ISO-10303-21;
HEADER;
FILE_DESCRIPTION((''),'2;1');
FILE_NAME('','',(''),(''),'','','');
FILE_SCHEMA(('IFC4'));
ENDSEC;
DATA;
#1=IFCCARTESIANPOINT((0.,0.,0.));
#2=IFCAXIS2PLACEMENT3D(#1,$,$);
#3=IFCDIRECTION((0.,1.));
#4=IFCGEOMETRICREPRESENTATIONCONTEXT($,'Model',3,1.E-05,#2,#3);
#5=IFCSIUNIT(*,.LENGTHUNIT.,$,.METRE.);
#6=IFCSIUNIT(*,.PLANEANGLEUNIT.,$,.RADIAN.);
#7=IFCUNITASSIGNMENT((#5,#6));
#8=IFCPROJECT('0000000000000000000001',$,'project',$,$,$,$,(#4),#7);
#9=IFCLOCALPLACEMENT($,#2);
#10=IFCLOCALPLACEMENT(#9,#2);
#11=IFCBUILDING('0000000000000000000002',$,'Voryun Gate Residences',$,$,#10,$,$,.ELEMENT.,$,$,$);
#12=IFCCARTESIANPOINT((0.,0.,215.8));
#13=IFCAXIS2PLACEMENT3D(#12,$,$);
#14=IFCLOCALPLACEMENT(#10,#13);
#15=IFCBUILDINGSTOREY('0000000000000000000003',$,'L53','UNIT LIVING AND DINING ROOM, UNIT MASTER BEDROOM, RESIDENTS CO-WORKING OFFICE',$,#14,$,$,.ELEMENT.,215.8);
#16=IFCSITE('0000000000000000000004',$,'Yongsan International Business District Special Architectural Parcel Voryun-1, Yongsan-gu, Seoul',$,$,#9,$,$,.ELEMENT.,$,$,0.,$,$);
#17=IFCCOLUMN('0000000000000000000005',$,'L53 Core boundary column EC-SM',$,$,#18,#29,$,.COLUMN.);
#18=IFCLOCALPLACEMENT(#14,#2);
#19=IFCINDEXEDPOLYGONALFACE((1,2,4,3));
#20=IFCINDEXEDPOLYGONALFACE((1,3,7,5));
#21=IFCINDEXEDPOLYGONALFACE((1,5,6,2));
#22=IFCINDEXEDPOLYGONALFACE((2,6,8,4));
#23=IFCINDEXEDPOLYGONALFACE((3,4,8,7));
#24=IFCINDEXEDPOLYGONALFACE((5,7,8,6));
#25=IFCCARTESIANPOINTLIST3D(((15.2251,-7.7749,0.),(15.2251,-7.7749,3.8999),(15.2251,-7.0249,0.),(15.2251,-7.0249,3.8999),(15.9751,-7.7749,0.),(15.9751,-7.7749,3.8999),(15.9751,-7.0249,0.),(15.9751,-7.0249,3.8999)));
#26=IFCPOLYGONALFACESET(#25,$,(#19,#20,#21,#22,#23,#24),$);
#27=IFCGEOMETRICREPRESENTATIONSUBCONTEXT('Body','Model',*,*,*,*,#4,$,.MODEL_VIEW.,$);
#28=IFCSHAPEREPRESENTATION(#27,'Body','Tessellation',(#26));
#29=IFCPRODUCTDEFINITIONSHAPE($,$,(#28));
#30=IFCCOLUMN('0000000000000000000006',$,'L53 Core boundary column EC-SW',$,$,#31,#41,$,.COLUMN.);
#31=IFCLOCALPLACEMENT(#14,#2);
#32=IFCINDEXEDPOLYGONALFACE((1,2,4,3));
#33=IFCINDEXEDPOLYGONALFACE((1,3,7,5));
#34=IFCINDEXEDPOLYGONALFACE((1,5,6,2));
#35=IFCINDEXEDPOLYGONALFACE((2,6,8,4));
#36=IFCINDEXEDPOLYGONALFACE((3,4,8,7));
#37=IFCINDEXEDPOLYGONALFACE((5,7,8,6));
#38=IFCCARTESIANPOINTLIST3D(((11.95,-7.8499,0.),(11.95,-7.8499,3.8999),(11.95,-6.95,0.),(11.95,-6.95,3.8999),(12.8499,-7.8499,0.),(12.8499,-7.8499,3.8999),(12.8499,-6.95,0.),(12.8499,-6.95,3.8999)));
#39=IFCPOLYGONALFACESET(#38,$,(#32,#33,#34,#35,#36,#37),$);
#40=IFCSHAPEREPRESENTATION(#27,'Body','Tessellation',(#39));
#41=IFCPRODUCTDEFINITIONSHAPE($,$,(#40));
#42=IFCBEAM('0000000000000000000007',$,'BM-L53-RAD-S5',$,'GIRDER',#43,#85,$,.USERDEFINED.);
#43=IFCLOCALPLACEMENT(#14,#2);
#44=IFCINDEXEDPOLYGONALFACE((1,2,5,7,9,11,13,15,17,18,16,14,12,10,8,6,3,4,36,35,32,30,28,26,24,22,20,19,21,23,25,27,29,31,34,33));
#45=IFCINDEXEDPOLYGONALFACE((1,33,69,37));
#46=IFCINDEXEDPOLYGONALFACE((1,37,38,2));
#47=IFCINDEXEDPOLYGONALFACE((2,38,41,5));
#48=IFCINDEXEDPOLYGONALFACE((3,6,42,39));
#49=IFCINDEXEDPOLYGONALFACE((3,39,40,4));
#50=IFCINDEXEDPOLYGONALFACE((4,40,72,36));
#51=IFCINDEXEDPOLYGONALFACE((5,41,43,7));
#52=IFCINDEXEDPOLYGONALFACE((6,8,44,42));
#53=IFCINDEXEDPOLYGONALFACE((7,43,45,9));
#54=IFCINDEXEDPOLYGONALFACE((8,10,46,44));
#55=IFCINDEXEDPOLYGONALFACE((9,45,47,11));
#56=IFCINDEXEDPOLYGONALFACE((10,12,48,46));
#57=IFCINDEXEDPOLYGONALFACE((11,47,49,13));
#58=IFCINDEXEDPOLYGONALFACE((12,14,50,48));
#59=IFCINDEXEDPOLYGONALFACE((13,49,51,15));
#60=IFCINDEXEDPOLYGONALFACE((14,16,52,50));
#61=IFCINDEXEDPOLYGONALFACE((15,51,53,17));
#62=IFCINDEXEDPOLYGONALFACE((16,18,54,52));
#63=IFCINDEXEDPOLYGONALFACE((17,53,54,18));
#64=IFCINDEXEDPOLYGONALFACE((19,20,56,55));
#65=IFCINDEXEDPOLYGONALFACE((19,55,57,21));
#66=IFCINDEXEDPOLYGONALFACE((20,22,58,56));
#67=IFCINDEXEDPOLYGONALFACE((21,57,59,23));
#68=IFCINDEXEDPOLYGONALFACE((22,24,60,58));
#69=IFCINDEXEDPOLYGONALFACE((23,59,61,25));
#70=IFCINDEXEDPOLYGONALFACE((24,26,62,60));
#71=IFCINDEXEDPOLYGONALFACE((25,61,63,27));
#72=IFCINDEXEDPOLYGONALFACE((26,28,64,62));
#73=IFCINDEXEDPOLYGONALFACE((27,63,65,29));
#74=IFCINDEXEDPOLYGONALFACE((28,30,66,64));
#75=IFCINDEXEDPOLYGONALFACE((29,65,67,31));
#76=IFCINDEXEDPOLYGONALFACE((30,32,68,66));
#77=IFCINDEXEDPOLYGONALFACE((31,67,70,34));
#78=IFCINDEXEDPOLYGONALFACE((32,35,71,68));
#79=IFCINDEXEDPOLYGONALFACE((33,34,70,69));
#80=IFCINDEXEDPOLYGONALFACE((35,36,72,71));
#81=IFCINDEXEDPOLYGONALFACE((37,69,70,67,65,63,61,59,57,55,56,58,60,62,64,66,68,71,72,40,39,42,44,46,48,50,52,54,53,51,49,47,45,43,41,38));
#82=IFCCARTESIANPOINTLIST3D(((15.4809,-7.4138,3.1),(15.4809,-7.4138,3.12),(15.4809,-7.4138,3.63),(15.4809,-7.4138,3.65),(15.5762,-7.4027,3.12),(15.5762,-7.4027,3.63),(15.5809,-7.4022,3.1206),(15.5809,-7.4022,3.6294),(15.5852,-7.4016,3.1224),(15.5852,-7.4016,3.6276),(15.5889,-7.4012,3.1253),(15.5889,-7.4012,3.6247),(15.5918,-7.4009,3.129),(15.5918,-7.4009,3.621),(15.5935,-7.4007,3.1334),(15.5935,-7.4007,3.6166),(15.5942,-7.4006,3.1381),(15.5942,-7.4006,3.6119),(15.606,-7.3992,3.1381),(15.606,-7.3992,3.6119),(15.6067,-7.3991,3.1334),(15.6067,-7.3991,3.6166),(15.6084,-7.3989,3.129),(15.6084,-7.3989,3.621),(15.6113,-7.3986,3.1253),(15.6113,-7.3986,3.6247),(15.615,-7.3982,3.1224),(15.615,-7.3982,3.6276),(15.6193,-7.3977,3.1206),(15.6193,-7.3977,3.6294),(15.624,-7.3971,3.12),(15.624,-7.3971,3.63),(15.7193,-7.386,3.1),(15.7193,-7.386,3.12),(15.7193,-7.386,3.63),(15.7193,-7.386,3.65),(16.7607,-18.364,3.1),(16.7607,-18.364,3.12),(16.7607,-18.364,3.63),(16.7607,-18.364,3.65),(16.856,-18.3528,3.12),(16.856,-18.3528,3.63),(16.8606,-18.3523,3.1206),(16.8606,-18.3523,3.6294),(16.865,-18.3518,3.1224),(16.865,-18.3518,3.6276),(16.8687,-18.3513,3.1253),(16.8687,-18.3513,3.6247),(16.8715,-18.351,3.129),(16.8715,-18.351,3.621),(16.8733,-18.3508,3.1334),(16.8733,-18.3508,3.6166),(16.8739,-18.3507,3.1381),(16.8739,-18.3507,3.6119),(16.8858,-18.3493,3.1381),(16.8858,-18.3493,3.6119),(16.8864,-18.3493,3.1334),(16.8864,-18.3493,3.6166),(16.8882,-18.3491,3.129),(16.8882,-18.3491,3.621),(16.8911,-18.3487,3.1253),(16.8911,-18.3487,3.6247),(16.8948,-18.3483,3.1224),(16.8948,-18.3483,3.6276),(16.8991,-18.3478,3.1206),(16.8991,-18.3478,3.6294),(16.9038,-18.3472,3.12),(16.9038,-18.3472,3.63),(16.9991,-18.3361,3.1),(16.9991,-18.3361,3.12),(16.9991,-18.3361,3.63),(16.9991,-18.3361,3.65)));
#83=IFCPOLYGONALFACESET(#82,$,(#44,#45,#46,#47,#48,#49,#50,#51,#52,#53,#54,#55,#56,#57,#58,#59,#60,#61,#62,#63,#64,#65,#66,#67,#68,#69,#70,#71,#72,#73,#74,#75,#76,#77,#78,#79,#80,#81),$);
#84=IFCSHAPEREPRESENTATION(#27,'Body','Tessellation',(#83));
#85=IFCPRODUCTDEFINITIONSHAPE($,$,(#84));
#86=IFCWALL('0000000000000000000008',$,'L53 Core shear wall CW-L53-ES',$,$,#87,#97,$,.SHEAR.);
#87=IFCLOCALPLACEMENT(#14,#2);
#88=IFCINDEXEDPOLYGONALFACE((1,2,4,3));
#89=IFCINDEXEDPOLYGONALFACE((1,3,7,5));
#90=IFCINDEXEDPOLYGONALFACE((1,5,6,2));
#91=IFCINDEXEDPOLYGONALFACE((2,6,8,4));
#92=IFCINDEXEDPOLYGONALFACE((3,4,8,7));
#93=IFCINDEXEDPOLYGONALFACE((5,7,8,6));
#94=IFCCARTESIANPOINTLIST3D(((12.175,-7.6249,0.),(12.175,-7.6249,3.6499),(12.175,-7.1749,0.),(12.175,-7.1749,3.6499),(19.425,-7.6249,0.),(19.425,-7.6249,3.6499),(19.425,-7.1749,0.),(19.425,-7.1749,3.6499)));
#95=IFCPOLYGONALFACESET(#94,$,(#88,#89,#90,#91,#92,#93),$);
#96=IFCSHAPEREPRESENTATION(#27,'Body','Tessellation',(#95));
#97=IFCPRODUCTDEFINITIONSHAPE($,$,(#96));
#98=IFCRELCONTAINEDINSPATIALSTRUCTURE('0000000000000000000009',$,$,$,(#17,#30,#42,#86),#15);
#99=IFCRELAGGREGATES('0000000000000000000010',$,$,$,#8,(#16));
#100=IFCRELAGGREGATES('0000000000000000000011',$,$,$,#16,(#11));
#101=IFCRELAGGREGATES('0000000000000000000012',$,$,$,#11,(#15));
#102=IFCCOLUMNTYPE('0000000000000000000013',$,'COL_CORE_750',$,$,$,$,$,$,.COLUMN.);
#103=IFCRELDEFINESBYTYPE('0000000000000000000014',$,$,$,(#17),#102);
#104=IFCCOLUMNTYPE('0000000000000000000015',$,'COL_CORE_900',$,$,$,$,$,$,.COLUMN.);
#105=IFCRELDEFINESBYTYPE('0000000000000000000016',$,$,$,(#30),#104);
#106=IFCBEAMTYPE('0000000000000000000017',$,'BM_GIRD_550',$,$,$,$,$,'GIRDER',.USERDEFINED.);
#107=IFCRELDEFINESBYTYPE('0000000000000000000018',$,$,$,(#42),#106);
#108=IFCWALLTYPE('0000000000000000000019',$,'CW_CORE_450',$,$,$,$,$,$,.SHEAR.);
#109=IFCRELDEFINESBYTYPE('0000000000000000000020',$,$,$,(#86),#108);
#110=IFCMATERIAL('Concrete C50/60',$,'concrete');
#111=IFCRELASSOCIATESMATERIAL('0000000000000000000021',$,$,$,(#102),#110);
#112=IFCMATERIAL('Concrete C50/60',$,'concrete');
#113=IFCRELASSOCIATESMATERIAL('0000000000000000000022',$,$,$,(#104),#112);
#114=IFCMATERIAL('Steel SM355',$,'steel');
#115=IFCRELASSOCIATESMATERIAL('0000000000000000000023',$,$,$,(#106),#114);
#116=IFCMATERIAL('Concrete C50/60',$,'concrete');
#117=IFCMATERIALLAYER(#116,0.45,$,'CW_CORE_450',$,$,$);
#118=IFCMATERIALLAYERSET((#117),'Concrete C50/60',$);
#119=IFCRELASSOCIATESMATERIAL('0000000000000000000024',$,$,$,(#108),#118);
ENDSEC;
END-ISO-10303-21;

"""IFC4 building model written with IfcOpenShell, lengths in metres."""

from ifc_helpers import new_model, si_unit, direction, frame, frame_2d, origin, origin_2d, place, context, subcontext, project, spatial, rectangle, i_section, extrude, material, layer, layer_set, material_profile, profile_set, type_object, element, save


model = new_model("IFC4")

# Units and contexts
model_context = context("Model", 3, precision=1e-05, world=origin(), true_north=direction((0.0, 1.0)))
body_context = subcontext(model_context, "Body", "Model", "MODEL_VIEW")
ifc_project = project(units=[si_unit("LENGTHUNIT", "METRE"), si_unit("PLANEANGLEUNIT", "RADIAN")], contexts=[model_context])

# Site, building, storey
site_placement = place(None, origin())
site = spatial("IfcSite", under=ifc_project, at=site_placement, Name="Yongsan International Business District Special Architectural Parcel Voryun-1, Yongsan-gu, Seoul", CompositionType="ELEMENT", RefElevation=0.0)
building_placement = place(site_placement, origin())
building = spatial("IfcBuilding", under=site, at=building_placement, Name="Voryun Gate Residences", CompositionType="ELEMENT")
storey_placement = place(building_placement, frame((0.0, 0.0, 215.8)))
storey = spatial("IfcBuildingStorey", under=building, at=storey_placement, Name="L53", Description="UNIT LIVING AND DINING ROOM, UNIT MASTER BEDROOM, RESIDENTS CO-WORKING OFFICE", CompositionType="ELEMENT", Elevation=215.8)

# Columns
ifc_material_1 = material(Name="Concrete C50/60", Category="concrete")
ifc_material_profile_1 = material_profile(ifc_material_1, rectangle(XDim=0.75, YDim=0.75, at=origin_2d()), Name="RC-750x750")
ifc_profile_set_1 = profile_set([ifc_material_profile_1], Name="Concrete C50/60")
column_type_1 = type_object("IfcColumnType", Name="COL_CORE_750", PredefinedType="COLUMN", material=ifc_profile_set_1)
column_1_placement = place(storey_placement, frame((15.6001, -7.3999, 0.0), z_axis=(0.0, 0.0, 1.0), x_axis=(1.0, 0.0, 0.0)))
element("IfcColumn", 1, at=column_1_placement, inside=storey, type_object=column_type_1, Name="L53 Core boundary column EC-SM", PredefinedType="COLUMN", context=body_context, shape_type="SweptSolid", body=[
    extrude(rectangle(XDim=0.75, YDim=0.75, at=origin_2d()), origin(), (0.0, 0.0, 1.0), 3.8999),
])
ifc_material_2 = material(Name="Concrete C50/60", Category="concrete")
ifc_material_profile_2 = material_profile(ifc_material_2, rectangle(XDim=0.8999, YDim=0.8999, at=origin_2d()), Name="RC-900x900")
ifc_profile_set_2 = profile_set([ifc_material_profile_2], Name="Concrete C50/60")
column_type_2 = type_object("IfcColumnType", Name="COL_CORE_900", PredefinedType="COLUMN", material=ifc_profile_set_2)
column_2_placement = place(storey_placement, frame((12.3999, -7.3999, 0.0), z_axis=(0.0, 0.0, 1.0), x_axis=(1.0, 0.0, 0.0)))
element("IfcColumn", 2, at=column_2_placement, inside=storey, type_object=column_type_2, Name="L53 Core boundary column EC-SW", PredefinedType="COLUMN", context=body_context, shape_type="SweptSolid", body=[
    extrude(rectangle(XDim=0.8999, YDim=0.8999, at=origin_2d()), origin(), (0.0, 0.0, 1.0), 3.8999),
])

# Beam
ifc_material_3 = material(Name="Steel SM355", Category="steel")
ifc_material_profile_3 = material_profile(ifc_material_3, i_section(OverallWidth=0.24, OverallDepth=0.55, WebThickness=0.012, FlangeThickness=0.02, FilletRadius=0.0181, at=origin_2d()), Name="H-550x240x12x20")
ifc_profile_set_3 = profile_set([ifc_material_profile_3], Name="Steel SM355")
beam_type = type_object("IfcBeamType", Name="BM_GIRD_550", ElementType="GIRDER", PredefinedType="USERDEFINED", material=ifc_profile_set_3)
beam_placement = place(storey_placement, frame((15.6001, -7.3999, 3.375), z_axis=(0.116083, -0.993239, 0.0), x_axis=(0.993239, 0.116083, 0.0)))
element("IfcBeam", 3, at=beam_placement, inside=storey, type_object=beam_type, Name="BM-L53-RAD-S5", ObjectType="GIRDER", PredefinedType="USERDEFINED", context=body_context, shape_type="SweptSolid", body=[
    extrude(i_section(OverallWidth=0.24, OverallDepth=0.55, WebThickness=0.012, FlangeThickness=0.02, FilletRadius=0.0181, at=origin_2d()), origin(), (0.0, 0.0, 1.0), 11.0247),
])

# Wall
ifc_material_4 = material(Name="Concrete C50/60", Category="concrete")
ifc_layer_1 = layer(ifc_material_4, 0.45, Name="CW_CORE_450")
ifc_layer_set_1 = layer_set([ifc_layer_1], Name="Concrete C50/60")
wall_type_1 = type_object("IfcWallType", Name="CW_CORE_450", PredefinedType="SHEAR", material=ifc_layer_set_1)
wall_1_placement = place(storey_placement, frame((12.175, -7.3999, 0.0), z_axis=(0.0, 0.0, 1.0), x_axis=(1.0, 0.0, 0.0)))
element("IfcWall", 4, at=wall_1_placement, inside=storey, type_object=wall_type_1, Name="L53 Core shear wall CW-L53-ES", PredefinedType="SHEAR", context=body_context, shape_type="SweptSolid", body=[
    extrude(rectangle(XDim=7.25, YDim=0.45, at=frame_2d((3.625, 0.0))), origin(), (0.0, 0.0, 1.0), 3.6499),
])

save(model, "model.ifc")
